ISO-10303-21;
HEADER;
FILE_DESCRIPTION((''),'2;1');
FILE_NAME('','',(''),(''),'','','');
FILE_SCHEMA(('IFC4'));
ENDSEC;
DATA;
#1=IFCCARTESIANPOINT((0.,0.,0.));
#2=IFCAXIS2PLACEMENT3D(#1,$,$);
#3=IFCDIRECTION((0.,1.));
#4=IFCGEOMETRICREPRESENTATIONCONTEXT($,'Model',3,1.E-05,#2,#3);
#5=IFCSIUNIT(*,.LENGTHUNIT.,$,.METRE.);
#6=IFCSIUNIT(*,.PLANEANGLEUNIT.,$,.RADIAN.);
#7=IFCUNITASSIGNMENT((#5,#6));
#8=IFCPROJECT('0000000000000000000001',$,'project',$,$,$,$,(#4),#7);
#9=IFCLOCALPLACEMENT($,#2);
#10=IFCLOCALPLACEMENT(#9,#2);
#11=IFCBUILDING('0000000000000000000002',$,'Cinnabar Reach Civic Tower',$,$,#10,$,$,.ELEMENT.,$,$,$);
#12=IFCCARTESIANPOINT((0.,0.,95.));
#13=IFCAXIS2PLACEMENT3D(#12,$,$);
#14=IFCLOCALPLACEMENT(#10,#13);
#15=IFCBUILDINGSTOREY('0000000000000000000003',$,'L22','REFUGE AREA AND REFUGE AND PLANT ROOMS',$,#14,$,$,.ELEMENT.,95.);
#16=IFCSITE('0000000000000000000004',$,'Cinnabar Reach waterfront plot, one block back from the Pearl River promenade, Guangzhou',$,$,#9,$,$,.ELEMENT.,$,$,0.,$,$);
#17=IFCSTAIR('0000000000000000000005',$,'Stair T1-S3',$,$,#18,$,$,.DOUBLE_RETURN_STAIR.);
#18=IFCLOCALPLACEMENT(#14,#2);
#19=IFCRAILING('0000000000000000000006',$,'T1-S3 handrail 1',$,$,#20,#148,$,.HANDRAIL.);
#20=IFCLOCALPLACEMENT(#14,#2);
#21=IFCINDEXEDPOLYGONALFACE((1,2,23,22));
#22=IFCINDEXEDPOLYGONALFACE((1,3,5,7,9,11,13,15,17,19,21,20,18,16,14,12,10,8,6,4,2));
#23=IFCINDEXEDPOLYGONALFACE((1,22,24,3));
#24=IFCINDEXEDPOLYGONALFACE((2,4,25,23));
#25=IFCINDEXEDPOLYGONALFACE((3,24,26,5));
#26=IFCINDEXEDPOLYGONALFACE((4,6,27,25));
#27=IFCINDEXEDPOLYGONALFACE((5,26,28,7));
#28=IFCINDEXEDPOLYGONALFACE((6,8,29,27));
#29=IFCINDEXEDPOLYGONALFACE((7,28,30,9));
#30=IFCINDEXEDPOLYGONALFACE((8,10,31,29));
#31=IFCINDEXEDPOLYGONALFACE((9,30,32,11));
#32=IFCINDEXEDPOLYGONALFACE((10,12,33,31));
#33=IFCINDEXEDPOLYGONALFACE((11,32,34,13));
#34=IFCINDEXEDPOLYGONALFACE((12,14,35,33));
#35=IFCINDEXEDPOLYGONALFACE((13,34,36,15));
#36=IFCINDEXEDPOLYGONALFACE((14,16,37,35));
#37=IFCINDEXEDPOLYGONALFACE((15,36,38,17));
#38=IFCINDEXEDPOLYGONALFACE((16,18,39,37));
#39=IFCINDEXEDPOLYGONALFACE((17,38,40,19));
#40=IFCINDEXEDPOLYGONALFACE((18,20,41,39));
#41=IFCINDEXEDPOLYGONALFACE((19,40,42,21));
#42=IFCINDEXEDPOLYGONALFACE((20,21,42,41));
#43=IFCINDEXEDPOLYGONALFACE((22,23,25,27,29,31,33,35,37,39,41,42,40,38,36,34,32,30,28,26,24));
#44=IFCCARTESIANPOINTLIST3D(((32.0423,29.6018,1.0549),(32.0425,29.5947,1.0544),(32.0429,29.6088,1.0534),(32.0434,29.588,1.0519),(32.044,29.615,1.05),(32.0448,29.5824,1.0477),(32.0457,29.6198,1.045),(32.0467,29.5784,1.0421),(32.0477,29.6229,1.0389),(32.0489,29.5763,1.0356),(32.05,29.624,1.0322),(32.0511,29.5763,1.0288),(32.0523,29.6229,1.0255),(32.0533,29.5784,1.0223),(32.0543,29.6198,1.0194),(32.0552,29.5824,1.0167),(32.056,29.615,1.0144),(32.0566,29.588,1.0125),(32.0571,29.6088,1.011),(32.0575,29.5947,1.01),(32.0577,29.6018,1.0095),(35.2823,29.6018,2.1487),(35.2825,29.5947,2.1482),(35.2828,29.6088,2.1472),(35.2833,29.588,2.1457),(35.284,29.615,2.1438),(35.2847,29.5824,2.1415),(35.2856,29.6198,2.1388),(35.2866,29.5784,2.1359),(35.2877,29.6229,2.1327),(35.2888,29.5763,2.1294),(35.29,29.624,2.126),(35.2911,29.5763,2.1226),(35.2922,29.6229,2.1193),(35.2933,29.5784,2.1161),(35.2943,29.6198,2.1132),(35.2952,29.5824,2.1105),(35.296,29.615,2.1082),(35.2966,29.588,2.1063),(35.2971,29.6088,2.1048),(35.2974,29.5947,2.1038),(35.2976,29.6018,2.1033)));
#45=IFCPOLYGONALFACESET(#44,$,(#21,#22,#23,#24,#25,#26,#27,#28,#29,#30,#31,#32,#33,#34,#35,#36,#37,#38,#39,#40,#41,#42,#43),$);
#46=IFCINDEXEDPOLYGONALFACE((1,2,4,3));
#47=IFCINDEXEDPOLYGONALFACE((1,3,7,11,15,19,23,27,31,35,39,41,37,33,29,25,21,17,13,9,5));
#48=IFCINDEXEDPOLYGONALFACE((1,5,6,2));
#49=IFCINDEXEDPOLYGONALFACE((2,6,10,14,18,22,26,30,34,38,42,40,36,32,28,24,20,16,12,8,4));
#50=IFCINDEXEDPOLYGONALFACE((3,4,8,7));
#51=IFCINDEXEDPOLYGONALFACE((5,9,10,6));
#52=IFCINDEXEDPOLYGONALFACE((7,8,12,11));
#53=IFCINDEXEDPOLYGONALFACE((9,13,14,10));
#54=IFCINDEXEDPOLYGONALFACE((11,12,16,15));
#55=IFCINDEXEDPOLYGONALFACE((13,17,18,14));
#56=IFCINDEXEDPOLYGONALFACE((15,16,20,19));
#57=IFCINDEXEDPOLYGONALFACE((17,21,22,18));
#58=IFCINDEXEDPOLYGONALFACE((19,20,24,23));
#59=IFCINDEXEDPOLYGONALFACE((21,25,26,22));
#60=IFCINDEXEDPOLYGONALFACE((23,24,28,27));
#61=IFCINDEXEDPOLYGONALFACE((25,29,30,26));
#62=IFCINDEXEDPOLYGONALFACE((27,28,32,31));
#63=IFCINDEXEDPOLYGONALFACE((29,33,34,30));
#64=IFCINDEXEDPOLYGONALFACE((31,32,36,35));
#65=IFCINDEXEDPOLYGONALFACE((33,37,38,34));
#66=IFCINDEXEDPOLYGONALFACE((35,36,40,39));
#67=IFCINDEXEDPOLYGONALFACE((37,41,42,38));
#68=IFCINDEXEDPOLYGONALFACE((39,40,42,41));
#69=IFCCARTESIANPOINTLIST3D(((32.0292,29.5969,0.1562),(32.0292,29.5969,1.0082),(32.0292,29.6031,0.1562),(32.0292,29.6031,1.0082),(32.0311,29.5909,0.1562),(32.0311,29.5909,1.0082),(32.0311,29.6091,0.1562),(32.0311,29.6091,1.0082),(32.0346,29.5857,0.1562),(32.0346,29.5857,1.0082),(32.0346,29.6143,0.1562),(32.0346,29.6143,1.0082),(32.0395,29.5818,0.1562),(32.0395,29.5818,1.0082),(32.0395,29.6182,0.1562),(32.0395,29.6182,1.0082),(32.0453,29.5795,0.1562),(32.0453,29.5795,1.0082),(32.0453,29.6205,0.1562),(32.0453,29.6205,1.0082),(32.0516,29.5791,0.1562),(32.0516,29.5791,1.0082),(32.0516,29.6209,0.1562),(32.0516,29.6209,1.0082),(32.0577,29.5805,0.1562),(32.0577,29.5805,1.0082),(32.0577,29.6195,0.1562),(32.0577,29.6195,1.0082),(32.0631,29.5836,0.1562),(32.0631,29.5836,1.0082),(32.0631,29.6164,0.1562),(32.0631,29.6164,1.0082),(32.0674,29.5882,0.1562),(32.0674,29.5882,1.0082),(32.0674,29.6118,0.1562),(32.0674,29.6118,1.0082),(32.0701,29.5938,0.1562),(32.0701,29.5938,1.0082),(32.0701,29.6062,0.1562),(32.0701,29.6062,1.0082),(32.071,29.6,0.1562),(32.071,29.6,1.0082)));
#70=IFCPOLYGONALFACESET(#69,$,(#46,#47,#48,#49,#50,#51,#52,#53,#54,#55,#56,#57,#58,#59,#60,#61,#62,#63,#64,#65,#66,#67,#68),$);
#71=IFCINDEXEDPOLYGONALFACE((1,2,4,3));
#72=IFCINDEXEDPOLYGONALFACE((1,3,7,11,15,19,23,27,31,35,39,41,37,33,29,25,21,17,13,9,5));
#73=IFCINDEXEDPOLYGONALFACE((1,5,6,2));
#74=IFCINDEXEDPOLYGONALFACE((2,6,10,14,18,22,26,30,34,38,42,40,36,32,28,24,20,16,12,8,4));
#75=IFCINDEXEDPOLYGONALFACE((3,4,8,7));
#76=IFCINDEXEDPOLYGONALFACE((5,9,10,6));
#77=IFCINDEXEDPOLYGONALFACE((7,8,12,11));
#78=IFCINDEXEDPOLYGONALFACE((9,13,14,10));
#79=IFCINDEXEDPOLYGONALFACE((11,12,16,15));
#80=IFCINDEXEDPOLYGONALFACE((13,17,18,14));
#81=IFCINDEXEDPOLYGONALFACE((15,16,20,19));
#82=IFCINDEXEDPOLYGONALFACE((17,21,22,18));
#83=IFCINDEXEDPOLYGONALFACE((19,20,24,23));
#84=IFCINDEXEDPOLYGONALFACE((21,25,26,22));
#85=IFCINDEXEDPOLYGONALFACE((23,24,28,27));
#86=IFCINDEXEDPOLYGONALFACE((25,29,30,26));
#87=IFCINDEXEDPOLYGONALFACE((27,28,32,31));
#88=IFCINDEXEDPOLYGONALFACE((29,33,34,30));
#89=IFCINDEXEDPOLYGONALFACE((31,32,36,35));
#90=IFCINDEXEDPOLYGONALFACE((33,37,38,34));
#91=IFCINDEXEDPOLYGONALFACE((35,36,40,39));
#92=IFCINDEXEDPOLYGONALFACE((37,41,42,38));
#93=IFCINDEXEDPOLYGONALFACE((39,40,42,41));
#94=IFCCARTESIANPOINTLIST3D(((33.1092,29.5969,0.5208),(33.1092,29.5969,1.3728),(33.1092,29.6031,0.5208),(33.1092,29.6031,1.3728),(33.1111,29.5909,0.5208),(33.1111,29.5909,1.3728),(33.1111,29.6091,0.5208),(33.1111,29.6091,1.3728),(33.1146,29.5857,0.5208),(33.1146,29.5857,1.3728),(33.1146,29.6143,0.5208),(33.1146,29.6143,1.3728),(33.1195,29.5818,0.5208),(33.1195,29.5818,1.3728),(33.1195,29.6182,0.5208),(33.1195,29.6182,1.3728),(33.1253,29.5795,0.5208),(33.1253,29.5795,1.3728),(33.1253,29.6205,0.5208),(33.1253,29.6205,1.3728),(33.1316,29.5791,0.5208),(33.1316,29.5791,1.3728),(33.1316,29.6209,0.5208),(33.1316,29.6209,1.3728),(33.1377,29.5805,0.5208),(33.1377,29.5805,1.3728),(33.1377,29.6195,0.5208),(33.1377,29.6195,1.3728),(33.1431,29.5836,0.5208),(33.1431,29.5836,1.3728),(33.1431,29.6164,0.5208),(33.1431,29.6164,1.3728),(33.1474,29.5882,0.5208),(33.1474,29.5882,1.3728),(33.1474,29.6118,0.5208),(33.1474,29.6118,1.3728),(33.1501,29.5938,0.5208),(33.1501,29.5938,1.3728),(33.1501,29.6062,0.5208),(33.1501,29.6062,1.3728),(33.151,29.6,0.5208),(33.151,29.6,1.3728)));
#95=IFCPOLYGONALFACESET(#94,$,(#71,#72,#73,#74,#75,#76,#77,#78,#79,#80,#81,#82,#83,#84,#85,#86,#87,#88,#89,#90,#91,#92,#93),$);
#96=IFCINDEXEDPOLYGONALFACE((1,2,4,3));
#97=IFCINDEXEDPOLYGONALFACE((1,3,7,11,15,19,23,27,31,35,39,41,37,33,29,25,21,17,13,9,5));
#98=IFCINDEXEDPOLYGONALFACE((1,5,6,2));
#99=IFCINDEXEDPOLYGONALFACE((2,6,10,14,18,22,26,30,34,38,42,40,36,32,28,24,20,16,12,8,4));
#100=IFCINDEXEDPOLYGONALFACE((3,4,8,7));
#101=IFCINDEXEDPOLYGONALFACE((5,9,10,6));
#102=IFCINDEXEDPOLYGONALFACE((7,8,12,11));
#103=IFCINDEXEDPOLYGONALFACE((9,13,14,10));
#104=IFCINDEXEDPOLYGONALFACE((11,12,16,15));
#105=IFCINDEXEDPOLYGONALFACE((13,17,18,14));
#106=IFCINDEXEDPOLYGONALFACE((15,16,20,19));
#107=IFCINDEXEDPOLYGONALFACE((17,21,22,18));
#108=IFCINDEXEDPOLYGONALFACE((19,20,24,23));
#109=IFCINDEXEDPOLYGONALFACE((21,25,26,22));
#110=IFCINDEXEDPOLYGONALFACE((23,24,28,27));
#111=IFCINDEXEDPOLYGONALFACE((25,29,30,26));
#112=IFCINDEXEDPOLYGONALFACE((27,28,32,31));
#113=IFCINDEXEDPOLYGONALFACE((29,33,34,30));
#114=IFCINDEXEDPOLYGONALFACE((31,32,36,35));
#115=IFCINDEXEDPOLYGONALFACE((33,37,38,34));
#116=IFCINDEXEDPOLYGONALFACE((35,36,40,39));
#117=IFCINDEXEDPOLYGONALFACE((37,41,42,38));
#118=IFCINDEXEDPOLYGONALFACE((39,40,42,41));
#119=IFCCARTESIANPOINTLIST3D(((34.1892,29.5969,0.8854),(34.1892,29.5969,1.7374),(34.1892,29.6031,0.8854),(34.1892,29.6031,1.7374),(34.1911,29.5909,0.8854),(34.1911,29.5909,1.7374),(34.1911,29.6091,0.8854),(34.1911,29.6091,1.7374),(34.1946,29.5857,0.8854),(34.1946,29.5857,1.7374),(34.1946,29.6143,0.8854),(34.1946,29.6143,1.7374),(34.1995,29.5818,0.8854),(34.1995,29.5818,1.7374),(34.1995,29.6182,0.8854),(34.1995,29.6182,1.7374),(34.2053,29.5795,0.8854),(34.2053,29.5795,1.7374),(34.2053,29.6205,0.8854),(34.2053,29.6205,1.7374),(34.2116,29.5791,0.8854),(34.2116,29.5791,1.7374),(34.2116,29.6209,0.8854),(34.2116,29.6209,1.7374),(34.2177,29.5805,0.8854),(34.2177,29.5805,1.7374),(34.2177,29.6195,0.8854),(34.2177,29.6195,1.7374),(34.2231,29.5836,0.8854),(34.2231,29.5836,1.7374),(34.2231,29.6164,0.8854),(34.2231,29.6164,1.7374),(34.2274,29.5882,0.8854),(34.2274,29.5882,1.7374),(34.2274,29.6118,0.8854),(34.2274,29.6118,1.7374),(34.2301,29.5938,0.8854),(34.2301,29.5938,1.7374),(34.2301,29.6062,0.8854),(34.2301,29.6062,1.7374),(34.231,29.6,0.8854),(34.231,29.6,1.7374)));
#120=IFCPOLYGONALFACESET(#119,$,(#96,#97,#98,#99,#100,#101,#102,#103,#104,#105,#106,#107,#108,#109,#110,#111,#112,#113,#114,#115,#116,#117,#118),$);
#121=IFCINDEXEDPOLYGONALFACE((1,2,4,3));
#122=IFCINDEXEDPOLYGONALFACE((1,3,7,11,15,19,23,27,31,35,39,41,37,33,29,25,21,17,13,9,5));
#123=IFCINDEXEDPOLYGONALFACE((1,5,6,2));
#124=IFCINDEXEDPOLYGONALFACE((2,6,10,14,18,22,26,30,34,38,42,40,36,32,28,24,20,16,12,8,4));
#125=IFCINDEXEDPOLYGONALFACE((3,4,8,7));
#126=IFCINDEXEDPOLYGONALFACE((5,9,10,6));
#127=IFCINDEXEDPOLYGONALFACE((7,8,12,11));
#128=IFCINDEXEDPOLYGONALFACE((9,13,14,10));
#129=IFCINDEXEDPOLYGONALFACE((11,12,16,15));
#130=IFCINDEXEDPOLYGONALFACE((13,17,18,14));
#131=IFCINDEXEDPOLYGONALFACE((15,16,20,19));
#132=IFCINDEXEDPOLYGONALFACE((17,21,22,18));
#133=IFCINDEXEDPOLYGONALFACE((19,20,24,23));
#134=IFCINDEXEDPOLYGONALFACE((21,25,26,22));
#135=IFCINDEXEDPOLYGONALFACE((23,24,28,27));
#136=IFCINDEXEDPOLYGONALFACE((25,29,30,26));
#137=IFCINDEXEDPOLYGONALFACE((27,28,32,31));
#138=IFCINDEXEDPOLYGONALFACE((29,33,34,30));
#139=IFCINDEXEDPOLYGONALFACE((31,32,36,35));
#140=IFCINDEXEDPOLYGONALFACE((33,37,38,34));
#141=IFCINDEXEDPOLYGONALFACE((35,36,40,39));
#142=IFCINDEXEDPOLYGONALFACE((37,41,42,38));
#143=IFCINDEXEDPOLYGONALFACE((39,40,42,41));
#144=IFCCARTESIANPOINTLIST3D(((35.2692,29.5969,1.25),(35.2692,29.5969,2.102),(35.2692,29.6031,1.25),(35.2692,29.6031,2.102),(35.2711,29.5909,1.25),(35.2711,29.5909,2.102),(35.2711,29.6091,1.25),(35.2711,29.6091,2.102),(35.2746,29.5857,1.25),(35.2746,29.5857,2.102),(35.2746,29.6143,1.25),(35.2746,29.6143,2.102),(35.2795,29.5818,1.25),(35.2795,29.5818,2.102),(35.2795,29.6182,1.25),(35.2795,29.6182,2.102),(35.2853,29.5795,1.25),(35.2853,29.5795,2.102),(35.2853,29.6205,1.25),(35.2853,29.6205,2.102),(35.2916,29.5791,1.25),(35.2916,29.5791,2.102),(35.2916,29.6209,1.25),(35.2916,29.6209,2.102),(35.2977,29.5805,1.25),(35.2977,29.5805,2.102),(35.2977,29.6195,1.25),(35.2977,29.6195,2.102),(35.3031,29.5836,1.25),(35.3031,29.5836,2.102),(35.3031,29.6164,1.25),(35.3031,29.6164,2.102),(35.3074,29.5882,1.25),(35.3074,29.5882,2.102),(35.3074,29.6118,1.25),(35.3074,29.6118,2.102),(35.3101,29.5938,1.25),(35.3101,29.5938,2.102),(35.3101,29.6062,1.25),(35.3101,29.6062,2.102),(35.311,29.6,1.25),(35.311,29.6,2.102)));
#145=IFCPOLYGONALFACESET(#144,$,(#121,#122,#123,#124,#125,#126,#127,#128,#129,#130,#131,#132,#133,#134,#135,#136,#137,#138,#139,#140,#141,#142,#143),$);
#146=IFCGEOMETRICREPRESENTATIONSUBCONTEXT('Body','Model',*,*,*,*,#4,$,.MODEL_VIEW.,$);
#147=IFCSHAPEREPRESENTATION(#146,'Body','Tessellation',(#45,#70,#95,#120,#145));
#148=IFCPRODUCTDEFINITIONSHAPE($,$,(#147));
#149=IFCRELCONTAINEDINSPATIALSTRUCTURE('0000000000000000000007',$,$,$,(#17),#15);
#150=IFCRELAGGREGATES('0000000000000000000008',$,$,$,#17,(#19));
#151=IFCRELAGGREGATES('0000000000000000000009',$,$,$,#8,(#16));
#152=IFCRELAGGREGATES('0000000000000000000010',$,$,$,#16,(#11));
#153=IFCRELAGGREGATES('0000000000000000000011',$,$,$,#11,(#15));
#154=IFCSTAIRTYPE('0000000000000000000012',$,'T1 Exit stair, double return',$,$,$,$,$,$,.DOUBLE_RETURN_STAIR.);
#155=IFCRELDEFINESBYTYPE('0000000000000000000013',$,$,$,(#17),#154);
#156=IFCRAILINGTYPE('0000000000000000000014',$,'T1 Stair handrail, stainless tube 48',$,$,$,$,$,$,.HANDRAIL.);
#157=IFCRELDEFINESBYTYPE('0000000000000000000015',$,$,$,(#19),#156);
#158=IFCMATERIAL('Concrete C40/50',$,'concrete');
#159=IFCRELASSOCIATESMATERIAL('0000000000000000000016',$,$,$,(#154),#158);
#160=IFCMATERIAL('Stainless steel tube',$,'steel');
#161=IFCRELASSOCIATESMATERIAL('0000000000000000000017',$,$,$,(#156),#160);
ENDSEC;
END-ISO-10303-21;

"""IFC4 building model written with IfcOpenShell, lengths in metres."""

from ifc_helpers import new_model, si_unit, direction, frame, origin, origin_2d, place, context, subcontext, project, spatial, circle, extrude, material, type_object, element, aggregate, save


model = new_model("IFC4")

# Units and contexts
model_context = context("Model", 3, precision=1e-05, world=origin(), true_north=direction((0.0, 1.0)))
body_context = subcontext(model_context, "Body", "Model", "MODEL_VIEW")
ifc_project = project(units=[si_unit("LENGTHUNIT", "METRE"), si_unit("PLANEANGLEUNIT", "RADIAN")], contexts=[model_context])

# Site, building, storey
site_placement = place(None, origin())
site = spatial("IfcSite", under=ifc_project, at=site_placement, Name="Cinnabar Reach waterfront plot, one block back from the Pearl River promenade, Guangzhou", CompositionType="ELEMENT", RefElevation=0.0)
building_placement = place(site_placement, origin())
building = spatial("IfcBuilding", under=site, at=building_placement, Name="Cinnabar Reach Civic Tower", CompositionType="ELEMENT")
storey_placement = place(building_placement, frame((0.0, 0.0, 95.0)))
storey = spatial("IfcBuildingStorey", under=building, at=storey_placement, Name="L22", Description="REFUGE AREA AND REFUGE AND PLANT ROOMS", CompositionType="ELEMENT", Elevation=95.0)

# Stair, railing
ifc_material_1 = material(Name="Concrete C40/50", Category="concrete")
stair_type = type_object("IfcStairType", Name="T1 Exit stair, double return", PredefinedType="DOUBLE_RETURN_STAIR", material=ifc_material_1)
stair_placement = place(storey_placement, origin())
stair = element("IfcStair", 1, at=stair_placement, inside=storey, type_object=stair_type, Name="Stair T1-S3", PredefinedType="DOUBLE_RETURN_STAIR")
ifc_material_2 = material(Name="Stainless steel tube", Category="steel")
railing_type = type_object("IfcRailingType", Name="T1 Stair handrail, stainless tube 48", PredefinedType="HANDRAIL", material=ifc_material_2)
railing_1_placement = place(storey_placement, frame((32.05, 29.6, 0.1562)))
railing_1 = element("IfcRailing", 2, at=railing_1_placement, type_object=railing_type, Name="T1-S3 handrail 1", PredefinedType="HANDRAIL", context=body_context, shape_type="SweptSolid", body=[
    extrude(circle(Radius=0.024, at=origin_2d()), frame((0.0, 0.0, 0.876), z_axis=(0.947466, 0.0, 0.319857), x_axis=(0.0, 1.0, 0.0)), (0.0, 0.0, 1.0), 3.4196),
    extrude(circle(Radius=0.021, at=origin_2d()), origin(), (0.0, 0.0, 1.0), 0.852),
    extrude(circle(Radius=0.021, at=origin_2d()), frame((1.08, 0.0, 0.3646)), (0.0, 0.0, 1.0), 0.852),
    extrude(circle(Radius=0.021, at=origin_2d()), frame((2.16, 0.0, 0.7292)), (0.0, 0.0, 1.0), 0.852),
    extrude(circle(Radius=0.021, at=origin_2d()), frame((3.24, 0.0, 1.0938)), (0.0, 0.0, 1.0), 0.852),
])
aggregate(stair, [railing_1])

save(model, "model.ifc")
